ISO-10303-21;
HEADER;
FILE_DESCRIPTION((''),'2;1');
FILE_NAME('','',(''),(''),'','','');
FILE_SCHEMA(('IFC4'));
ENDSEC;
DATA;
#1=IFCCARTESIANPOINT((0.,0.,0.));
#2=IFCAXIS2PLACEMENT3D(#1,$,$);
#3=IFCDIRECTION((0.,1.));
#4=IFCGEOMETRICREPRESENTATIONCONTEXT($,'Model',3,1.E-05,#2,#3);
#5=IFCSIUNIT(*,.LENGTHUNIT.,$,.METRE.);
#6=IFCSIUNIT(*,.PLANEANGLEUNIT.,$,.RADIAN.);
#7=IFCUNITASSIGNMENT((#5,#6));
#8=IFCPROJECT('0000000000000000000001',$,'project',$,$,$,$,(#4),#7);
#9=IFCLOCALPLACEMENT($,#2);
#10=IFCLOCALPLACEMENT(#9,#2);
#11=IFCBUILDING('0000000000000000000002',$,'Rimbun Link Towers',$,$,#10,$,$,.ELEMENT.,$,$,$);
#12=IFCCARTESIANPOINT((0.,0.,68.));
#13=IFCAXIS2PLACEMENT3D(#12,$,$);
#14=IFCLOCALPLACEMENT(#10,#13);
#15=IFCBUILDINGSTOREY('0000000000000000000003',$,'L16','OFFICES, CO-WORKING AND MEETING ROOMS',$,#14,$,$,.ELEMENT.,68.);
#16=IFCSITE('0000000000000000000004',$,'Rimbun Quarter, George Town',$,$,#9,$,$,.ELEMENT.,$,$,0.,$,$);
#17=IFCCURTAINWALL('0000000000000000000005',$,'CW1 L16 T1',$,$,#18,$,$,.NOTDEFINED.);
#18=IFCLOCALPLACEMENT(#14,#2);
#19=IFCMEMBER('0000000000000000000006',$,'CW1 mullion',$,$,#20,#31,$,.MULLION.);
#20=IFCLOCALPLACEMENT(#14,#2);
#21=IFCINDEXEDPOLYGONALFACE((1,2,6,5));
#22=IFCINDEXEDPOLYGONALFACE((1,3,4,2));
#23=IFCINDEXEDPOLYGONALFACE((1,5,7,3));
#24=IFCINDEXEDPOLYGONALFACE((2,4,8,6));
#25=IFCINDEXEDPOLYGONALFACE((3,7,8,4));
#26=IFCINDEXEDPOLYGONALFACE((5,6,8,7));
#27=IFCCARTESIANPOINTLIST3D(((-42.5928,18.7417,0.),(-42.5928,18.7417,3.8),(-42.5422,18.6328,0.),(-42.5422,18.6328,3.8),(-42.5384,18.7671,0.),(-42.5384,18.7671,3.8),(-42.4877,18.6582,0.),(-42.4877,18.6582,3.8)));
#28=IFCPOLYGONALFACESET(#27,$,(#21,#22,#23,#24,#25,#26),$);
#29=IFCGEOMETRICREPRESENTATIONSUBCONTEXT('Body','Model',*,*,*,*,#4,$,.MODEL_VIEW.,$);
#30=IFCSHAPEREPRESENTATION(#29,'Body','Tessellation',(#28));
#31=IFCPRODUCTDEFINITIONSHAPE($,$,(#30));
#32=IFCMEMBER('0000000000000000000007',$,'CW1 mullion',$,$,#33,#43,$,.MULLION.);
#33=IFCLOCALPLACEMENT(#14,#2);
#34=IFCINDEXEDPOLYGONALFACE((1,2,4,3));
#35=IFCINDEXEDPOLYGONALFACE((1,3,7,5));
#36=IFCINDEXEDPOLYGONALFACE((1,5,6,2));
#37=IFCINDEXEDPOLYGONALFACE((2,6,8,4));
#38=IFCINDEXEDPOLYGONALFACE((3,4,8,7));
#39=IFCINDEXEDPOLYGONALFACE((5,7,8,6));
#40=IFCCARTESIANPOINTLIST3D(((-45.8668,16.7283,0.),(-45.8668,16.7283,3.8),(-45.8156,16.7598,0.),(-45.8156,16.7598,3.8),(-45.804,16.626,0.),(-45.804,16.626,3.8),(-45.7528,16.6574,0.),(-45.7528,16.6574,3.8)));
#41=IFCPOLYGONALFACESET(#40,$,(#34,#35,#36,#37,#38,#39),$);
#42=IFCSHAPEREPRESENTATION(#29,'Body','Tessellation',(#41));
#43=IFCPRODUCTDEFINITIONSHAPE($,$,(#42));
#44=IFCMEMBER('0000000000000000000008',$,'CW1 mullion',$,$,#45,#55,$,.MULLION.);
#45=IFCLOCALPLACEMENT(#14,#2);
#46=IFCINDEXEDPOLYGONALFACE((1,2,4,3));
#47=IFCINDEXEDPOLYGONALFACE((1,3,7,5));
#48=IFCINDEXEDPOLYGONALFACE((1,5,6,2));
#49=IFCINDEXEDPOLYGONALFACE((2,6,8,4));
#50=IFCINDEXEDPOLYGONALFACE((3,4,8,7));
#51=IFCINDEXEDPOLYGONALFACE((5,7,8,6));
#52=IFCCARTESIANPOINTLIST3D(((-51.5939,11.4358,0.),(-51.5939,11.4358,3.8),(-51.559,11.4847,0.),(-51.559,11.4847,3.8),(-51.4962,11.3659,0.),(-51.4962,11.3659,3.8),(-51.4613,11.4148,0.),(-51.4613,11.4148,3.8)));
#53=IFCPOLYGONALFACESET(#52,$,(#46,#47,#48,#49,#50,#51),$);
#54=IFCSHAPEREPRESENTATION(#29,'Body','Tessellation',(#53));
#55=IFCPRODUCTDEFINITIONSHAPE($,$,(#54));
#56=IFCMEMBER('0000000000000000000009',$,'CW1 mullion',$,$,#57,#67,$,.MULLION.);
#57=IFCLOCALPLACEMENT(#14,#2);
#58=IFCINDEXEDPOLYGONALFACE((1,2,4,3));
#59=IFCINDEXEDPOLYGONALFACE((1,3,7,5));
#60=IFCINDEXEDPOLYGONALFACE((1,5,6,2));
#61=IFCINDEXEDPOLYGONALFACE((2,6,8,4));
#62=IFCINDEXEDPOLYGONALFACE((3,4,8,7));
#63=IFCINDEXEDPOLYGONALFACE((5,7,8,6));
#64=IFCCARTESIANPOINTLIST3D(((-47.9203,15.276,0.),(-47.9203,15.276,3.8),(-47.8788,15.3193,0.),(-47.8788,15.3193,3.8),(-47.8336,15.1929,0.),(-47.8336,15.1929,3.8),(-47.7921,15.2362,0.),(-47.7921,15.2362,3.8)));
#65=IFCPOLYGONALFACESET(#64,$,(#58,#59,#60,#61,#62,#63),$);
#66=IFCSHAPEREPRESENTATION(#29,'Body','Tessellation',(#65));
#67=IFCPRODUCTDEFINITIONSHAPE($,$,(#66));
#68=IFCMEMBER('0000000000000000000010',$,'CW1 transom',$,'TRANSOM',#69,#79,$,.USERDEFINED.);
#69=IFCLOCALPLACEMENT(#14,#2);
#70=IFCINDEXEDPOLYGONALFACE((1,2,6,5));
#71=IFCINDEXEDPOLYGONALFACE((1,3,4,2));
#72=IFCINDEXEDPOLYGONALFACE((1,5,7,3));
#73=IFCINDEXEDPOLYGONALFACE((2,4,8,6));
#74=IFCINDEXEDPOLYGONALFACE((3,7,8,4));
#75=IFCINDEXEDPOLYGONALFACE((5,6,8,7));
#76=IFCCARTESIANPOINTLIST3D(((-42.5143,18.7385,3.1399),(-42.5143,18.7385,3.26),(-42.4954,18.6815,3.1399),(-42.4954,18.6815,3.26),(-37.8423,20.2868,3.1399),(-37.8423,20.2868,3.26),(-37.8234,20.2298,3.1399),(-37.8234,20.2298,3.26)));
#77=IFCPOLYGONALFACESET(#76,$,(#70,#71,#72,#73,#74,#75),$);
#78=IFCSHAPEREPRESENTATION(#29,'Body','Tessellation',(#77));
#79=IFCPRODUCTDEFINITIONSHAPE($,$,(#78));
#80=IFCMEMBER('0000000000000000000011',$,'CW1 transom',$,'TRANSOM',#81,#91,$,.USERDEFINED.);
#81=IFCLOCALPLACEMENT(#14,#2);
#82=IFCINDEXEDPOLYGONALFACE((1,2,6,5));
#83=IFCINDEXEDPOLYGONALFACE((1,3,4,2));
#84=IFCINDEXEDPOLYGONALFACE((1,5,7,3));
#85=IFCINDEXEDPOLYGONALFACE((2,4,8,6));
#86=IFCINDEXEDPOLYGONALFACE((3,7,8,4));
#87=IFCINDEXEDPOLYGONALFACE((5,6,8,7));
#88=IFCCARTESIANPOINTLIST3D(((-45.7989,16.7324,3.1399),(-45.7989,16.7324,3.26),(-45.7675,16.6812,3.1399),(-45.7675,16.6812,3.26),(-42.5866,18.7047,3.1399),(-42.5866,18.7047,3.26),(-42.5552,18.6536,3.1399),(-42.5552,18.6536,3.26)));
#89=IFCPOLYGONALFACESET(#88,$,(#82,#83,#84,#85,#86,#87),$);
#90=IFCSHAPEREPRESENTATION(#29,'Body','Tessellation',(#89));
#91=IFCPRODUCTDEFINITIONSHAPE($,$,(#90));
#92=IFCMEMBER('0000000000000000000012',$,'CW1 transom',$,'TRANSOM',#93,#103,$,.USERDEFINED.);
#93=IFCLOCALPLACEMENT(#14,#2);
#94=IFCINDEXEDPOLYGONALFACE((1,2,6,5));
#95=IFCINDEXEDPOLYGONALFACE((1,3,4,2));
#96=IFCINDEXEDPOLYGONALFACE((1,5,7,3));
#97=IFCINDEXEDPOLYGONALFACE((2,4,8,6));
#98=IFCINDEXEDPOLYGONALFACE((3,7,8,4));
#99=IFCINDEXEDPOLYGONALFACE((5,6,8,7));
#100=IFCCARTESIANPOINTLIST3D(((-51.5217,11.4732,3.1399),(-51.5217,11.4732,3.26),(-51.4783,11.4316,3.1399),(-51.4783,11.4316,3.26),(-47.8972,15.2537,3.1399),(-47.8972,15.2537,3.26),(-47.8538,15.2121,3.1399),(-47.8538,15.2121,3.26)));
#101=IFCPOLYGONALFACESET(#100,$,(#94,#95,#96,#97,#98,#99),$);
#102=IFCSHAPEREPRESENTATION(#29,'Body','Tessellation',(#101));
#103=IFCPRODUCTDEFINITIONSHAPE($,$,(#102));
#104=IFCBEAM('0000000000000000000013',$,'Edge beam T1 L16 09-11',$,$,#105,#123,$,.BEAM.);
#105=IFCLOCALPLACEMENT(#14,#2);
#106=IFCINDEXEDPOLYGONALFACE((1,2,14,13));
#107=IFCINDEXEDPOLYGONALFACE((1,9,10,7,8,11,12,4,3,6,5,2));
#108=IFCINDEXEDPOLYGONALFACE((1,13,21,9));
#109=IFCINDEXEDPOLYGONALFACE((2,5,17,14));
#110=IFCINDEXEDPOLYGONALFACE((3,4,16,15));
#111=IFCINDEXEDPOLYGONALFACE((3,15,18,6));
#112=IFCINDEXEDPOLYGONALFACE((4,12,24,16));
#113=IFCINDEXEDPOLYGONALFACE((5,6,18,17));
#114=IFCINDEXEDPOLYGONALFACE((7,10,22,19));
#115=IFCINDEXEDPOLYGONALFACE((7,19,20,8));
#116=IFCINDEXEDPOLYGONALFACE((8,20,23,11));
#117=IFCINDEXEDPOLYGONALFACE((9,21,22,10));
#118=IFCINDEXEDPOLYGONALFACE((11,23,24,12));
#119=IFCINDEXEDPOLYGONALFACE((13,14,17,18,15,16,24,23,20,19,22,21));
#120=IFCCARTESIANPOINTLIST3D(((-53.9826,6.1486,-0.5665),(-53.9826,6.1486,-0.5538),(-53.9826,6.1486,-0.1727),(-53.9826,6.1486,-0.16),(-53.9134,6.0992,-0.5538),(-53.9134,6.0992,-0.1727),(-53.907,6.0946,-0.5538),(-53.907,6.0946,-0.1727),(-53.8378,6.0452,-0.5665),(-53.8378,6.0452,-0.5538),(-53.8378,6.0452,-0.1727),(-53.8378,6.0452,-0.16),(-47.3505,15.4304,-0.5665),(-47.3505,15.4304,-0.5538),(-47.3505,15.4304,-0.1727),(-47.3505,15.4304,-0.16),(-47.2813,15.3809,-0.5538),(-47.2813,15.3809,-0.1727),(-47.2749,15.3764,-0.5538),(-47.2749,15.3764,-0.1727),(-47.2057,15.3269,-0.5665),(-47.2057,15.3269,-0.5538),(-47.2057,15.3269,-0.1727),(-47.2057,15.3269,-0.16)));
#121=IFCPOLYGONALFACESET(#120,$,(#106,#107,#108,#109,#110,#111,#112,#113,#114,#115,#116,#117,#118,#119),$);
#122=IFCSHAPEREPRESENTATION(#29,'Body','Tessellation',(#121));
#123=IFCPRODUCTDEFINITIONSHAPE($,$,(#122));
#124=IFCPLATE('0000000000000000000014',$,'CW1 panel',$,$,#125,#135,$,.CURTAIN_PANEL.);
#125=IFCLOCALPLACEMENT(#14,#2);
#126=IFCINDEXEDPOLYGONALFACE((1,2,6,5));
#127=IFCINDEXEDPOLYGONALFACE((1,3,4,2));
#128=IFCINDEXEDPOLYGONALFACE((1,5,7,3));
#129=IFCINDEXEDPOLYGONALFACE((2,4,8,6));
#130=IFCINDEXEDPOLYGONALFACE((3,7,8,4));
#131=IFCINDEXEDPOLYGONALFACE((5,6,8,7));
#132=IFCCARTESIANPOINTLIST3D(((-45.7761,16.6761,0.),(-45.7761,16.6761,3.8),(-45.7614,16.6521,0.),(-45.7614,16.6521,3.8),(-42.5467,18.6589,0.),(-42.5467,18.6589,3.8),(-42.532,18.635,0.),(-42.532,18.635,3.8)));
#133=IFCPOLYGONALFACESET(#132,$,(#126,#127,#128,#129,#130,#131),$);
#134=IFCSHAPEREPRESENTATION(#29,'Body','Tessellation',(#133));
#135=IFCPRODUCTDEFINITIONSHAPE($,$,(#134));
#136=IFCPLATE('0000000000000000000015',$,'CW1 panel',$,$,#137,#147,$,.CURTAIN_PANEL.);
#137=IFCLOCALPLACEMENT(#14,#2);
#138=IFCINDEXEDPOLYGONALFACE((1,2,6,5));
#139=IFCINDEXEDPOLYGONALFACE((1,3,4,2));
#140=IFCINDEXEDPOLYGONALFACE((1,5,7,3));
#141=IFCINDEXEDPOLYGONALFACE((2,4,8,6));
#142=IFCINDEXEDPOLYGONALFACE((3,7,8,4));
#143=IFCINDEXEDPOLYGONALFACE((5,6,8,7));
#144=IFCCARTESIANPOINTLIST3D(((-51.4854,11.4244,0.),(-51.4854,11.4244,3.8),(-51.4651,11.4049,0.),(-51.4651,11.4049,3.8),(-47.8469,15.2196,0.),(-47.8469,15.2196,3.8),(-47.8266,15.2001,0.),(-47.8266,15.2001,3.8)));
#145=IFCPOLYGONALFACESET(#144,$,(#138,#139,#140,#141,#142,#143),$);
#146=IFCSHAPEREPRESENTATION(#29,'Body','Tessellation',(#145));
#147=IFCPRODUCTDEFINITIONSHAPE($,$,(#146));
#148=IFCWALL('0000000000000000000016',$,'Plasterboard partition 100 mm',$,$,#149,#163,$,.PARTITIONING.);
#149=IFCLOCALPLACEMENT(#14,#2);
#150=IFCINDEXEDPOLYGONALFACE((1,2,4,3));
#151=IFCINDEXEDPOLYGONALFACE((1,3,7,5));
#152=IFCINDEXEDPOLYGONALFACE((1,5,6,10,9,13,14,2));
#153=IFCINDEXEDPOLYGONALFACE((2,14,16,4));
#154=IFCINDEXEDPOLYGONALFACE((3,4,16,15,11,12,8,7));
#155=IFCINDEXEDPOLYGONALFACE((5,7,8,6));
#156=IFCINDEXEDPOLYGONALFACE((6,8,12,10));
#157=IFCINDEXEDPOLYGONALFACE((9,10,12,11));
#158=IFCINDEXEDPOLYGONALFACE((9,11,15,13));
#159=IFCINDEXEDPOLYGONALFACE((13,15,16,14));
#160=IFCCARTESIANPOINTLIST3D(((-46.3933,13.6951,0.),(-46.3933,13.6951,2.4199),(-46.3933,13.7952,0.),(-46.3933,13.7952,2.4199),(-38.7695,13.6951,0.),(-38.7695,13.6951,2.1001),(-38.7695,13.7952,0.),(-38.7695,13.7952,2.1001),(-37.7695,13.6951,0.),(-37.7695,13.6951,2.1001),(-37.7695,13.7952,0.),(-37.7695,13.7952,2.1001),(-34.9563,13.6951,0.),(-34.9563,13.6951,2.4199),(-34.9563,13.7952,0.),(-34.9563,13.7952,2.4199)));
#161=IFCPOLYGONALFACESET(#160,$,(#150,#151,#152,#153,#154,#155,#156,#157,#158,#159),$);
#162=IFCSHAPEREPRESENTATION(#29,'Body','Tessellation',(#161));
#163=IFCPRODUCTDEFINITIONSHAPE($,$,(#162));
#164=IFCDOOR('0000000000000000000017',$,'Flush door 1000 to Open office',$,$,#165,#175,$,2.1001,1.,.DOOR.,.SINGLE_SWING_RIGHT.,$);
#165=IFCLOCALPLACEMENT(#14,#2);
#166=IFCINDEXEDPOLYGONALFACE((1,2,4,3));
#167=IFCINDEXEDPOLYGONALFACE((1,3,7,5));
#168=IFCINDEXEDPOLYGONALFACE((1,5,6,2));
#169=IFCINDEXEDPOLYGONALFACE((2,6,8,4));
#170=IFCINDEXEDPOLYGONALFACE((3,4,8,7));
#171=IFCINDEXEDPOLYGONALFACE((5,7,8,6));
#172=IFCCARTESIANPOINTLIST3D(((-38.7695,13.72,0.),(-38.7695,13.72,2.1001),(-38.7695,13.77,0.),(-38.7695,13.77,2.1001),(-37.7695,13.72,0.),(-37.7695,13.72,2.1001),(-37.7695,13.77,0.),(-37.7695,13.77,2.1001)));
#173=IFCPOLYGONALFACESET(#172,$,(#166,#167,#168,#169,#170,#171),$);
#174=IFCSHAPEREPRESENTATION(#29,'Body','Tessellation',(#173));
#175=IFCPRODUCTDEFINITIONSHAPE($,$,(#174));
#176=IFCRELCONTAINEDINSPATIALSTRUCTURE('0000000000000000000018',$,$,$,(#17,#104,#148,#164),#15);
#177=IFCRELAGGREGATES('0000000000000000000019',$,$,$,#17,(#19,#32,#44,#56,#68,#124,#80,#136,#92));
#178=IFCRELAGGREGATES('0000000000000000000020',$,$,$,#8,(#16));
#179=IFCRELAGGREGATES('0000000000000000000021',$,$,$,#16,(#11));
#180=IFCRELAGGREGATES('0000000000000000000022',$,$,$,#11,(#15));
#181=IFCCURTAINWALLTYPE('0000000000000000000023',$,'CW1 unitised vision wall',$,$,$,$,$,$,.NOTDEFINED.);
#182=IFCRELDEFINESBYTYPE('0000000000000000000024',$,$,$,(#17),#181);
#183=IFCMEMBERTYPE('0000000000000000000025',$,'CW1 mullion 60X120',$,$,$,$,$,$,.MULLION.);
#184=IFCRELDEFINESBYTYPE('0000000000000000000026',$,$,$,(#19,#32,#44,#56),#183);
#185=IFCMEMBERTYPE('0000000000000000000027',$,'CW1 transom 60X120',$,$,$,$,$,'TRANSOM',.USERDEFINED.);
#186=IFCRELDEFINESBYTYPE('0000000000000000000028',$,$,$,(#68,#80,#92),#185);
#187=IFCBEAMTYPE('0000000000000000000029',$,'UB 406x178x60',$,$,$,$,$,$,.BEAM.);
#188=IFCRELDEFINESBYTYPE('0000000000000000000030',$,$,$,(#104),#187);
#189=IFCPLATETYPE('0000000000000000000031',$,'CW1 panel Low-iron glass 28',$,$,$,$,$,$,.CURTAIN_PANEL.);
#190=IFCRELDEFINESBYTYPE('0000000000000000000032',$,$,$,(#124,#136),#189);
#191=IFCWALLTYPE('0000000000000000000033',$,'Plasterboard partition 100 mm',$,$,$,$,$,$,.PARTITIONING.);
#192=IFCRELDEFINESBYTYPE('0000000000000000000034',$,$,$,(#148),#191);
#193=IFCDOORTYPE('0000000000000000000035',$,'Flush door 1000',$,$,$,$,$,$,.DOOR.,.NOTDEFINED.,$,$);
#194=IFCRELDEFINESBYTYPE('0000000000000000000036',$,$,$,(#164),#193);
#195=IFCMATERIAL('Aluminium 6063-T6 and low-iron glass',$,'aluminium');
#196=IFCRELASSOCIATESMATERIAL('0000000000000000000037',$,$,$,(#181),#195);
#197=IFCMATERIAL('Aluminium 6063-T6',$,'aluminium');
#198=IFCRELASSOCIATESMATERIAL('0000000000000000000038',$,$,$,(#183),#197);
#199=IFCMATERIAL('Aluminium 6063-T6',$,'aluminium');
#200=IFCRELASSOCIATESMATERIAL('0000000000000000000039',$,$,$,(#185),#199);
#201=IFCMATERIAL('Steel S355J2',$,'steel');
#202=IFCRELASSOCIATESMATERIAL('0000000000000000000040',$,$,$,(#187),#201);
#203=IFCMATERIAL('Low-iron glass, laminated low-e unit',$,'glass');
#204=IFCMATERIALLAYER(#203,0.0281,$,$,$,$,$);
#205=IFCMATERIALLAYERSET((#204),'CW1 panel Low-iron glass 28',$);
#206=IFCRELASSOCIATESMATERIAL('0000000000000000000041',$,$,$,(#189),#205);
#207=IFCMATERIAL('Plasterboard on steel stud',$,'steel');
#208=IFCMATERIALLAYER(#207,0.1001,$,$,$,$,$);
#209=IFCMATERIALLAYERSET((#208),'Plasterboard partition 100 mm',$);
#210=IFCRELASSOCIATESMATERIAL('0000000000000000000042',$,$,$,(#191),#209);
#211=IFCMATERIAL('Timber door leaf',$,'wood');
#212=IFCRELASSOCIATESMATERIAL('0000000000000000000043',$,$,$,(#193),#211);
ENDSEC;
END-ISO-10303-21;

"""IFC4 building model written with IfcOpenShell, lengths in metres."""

from ifc_helpers import new_model, si_unit, direction, frame, frame_2d, origin, origin_2d, place, context, subcontext, project, spatial, rectangle, i_section, extrude, material, layer, layer_set, material_profile, profile_set, type_object, element, fill, aggregate, save


model = new_model("IFC4")

# Units and contexts
model_context = context("Model", 3, precision=1e-05, world=origin(), true_north=direction((0.0, 1.0)))
body_context = subcontext(model_context, "Body", "Model", "MODEL_VIEW")
ifc_project = project(units=[si_unit("LENGTHUNIT", "METRE"), si_unit("PLANEANGLEUNIT", "RADIAN")], contexts=[model_context])

# Site, building, storey
site_placement = place(None, origin())
site = spatial("IfcSite", under=ifc_project, at=site_placement, Name="Rimbun Quarter, George Town", CompositionType="ELEMENT", RefElevation=0.0)
building_placement = place(site_placement, origin())
building = spatial("IfcBuilding", under=site, at=building_placement, Name="Rimbun Link Towers", CompositionType="ELEMENT")
storey_placement = place(building_placement, frame((0.0, 0.0, 68.0)))
storey = spatial("IfcBuildingStorey", under=building, at=storey_placement, Name="L16", Description="OFFICES, CO-WORKING AND MEETING ROOMS", CompositionType="ELEMENT", Elevation=68.0)

# Curtain wall, members
ifc_material_1 = material(Name="Aluminium 6063-T6 and low-iron glass", Category="aluminium")
curtain_wall_type = type_object("IfcCurtainWallType", Name="CW1 unitised vision wall", PredefinedType="NOTDEFINED", material=ifc_material_1)
curtain_wall_placement = place(storey_placement, origin())
curtain_wall = element("IfcCurtainWall", 1, at=curtain_wall_placement, inside=storey, type_object=curtain_wall_type, Name="CW1 L16 T1", PredefinedType="NOTDEFINED")
ifc_material_2 = material(Name="Aluminium 6063-T6", Category="aluminium")
ifc_material_profile_1 = material_profile(ifc_material_2, rectangle(XDim=0.1201, YDim=0.0601, at=origin_2d()), Name="MULLION 60X120")
ifc_profile_set_1 = profile_set([ifc_material_profile_1], Name="Aluminium 6063-T6")
member_type_1 = type_object("IfcMemberType", Name="CW1 mullion 60X120", PredefinedType="MULLION", material=ifc_profile_set_1)
member_1_placement = place(storey_placement, frame((-42.5403, 18.7, 0.0), z_axis=(0.0, 0.0, 1.0), x_axis=(-0.421699, 0.906736, 0.0)))
member_1 = element("IfcMember", 2, at=member_1_placement, type_object=member_type_1, Name="CW1 mullion", PredefinedType="MULLION", context=body_context, shape_type="SweptSolid", body=[
    extrude(rectangle(XDim=0.1201, YDim=0.0601, at=origin_2d()), origin(), (0.0, 0.0, 1.0), 3.8),
])
member_2_placement = place(storey_placement, frame((-45.8098, 16.6929, 0.0), z_axis=(0.0, 0.0, 1.0), x_axis=(-0.523239, 0.852186, 0.0)))
member_2 = element("IfcMember", 3, at=member_2_placement, type_object=member_type_1, Name="CW1 mullion", PredefinedType="MULLION", context=body_context, shape_type="SweptSolid", body=[
    extrude(rectangle(XDim=0.1201, YDim=0.0601, at=origin_2d()), origin(), (0.0, 0.0, 1.0), 3.8),
])
member_3_placement = place(storey_placement, frame((-51.5276, 11.4253, 0.0), z_axis=(0.0, 0.0, 1.0), x_axis=(-0.813351, 0.581773, 0.0)))
member_3 = element("IfcMember", 4, at=member_3_placement, type_object=member_type_1, Name="CW1 mullion", PredefinedType="MULLION", context=body_context, shape_type="SweptSolid", body=[
    extrude(rectangle(XDim=0.1201, YDim=0.0601, at=origin_2d()), origin(), (0.0, 0.0, 1.0), 3.8),
])
member_4_placement = place(storey_placement, frame((-47.8562, 15.2561, 0.0), z_axis=(0.0, 0.0, 1.0), x_axis=(-0.721854, 0.692045, 0.0)))
member_4 = element("IfcMember", 5, at=member_4_placement, type_object=member_type_1, Name="CW1 mullion", PredefinedType="MULLION", context=body_context, shape_type="SweptSolid", body=[
    extrude(rectangle(XDim=0.1201, YDim=0.0601, at=origin_2d()), origin(), (0.0, 0.0, 1.0), 3.8),
])
ifc_material_3 = material(Name="Aluminium 6063-T6", Category="aluminium")
ifc_material_profile_2 = material_profile(ifc_material_3, rectangle(XDim=0.0601, YDim=0.1201, at=origin_2d()), Name="TRANSOM 60X120")
ifc_profile_set_2 = profile_set([ifc_material_profile_2], Name="Aluminium 6063-T6")
member_type_2 = type_object("IfcMemberType", Name="CW1 transom 60X120", ElementType="TRANSOM", PredefinedType="USERDEFINED", material=ifc_profile_set_2)
member_5_placement = place(storey_placement, frame((-42.5049, 18.71, 3.2), z_axis=(0.949232, 0.314576, 0.0), x_axis=(-0.314576, 0.949232, 0.0)))
member_5 = element("IfcMember", 6, at=member_5_placement, type_object=member_type_2, Name="CW1 transom", ObjectType="TRANSOM", PredefinedType="USERDEFINED", context=body_context, shape_type="SweptSolid", body=[
    extrude(rectangle(XDim=0.0601, YDim=0.1201, at=origin_2d()), origin(), (0.0, 0.0, 1.0), 4.9219),
])
member_6_placement = place(storey_placement, frame((-45.7832, 16.7068, 3.2), z_axis=(0.852185, 0.523241, 0.0), x_axis=(-0.523241, 0.852185, 0.0)))
member_6 = element("IfcMember", 7, at=member_6_placement, type_object=member_type_2, Name="CW1 transom", ObjectType="TRANSOM", PredefinedType="USERDEFINED", context=body_context, shape_type="SweptSolid", body=[
    extrude(rectangle(XDim=0.0601, YDim=0.1201, at=origin_2d()), origin(), (0.0, 0.0, 1.0), 3.7695),
])
member_7_placement = place(storey_placement, frame((-51.5, 11.4524, 3.2), z_axis=(0.692056, 0.721844, 0.0), x_axis=(-0.721844, 0.692056, 0.0)))
member_7 = element("IfcMember", 8, at=member_7_placement, type_object=member_type_2, Name="CW1 transom", ObjectType="TRANSOM", PredefinedType="USERDEFINED", context=body_context, shape_type="SweptSolid", body=[
    extrude(rectangle(XDim=0.0601, YDim=0.1201, at=origin_2d()), origin(), (0.0, 0.0, 1.0), 5.2373),
])

# Beam
ifc_material_4 = material(Name="Steel S355J2", Category="steel")
ifc_material_profile_3 = material_profile(ifc_material_4, i_section(OverallWidth=0.178, OverallDepth=0.4065, WebThickness=0.0078, FlangeThickness=0.0127, at=origin_2d()), Name="UB 406x178x60")
ifc_profile_set_3 = profile_set([ifc_material_profile_3], Name="Steel S355J2")
beam_type = type_object("IfcBeamType", Name="UB 406x178x60", PredefinedType="BEAM", material=ifc_profile_set_3)
beam_placement = place(storey_placement, frame((-47.2781, 15.3787, -0.3633), z_axis=(-0.58137, -0.813639, 0.0), x_axis=(0.813639, -0.58137, 0.0)))
element("IfcBeam", 9, at=beam_placement, inside=storey, type_object=beam_type, Name="Edge beam T1 L16 09-11", PredefinedType="BEAM", context=body_context, shape_type="SweptSolid", body=[
    extrude(i_section(OverallWidth=0.178, OverallDepth=0.4065, WebThickness=0.0078, FlangeThickness=0.0127, at=origin_2d()), origin(), (0.0, 0.0, 1.0), 11.4077),
])

# Plates
ifc_material_5 = material(Name="Low-iron glass, laminated low-e unit", Category="glass")
ifc_layer_1 = layer(ifc_material_5, 0.0281)
ifc_layer_set_1 = layer_set([ifc_layer_1], Name="CW1 panel Low-iron glass 28")
plate_type = type_object("IfcPlateType", Name="CW1 panel Low-iron glass 28", PredefinedType="CURTAIN_PANEL", material=ifc_layer_set_1)
plate_1_placement = place(storey_placement, frame((-44.1541, 17.6555, 0.0), z_axis=(0.0, 0.0, 1.0), x_axis=(0.852186, 0.523239, 0.0)))
plate_1 = element("IfcPlate", 10, at=plate_1_placement, type_object=plate_type, Name="CW1 panel", PredefinedType="CURTAIN_PANEL", context=body_context, shape_type="SweptSolid", body=[
    extrude(rectangle(XDim=3.7896, YDim=0.0281, at=origin_2d()), origin(), (0.0, 0.0, 1.0), 3.8),
])
plate_2_placement = place(storey_placement, frame((-49.656, 13.3123, 0.0), z_axis=(0.0, 0.0, 1.0), x_axis=(0.692045, 0.721854, 0.0)))
plate_2 = element("IfcPlate", 11, at=plate_2_placement, type_object=plate_type, Name="CW1 panel", PredefinedType="CURTAIN_PANEL", context=body_context, shape_type="SweptSolid", body=[
    extrude(rectangle(XDim=5.2576, YDim=0.0281, at=origin_2d()), origin(), (0.0, 0.0, 1.0), 3.8),
])
aggregate(curtain_wall, [member_1, member_2, member_3, member_4, member_5, plate_1, member_6, plate_2, member_7])

# Wall, opening, door
ifc_material_6 = material(Name="Plasterboard on steel stud", Category="steel")
ifc_layer_2 = layer(ifc_material_6, 0.1001)
ifc_layer_set_2 = layer_set([ifc_layer_2], Name="Plasterboard partition 100 mm")
wall_type = type_object("IfcWallType", Name="Plasterboard partition 100 mm", PredefinedType="PARTITIONING", material=ifc_layer_set_2)
wall_1_placement = place(storey_placement, frame((-46.3933, 13.7451, 0.0), z_axis=(0.0, 0.0, 1.0), x_axis=(1.0, 0.0, 0.0)))
wall_1 = element("IfcWall", 12, at=wall_1_placement, inside=storey, type_object=wall_type, Name="Plasterboard partition 100 mm", PredefinedType="PARTITIONING", context=body_context, shape_type="SweptSolid", body=[
    extrude(rectangle(XDim=11.437, YDim=0.1001, at=frame_2d((5.7185, 0.0))), origin(), (0.0, 0.0, 1.0), 2.4199),
])
opening_placement = place(wall_1_placement, frame((7.6238, 0.0, 0.0)))
opening = element("IfcOpeningElement", 13, at=opening_placement, cuts=wall_1, PredefinedType="OPENING", context=body_context, shape_type="SweptSolid", body=[
    extrude(rectangle(XDim=1.0, YDim=2.1001, at=frame_2d((0.5, 1.05))), frame((0.0, 0.0601, 0.0), z_axis=(0.0, -1.0, 0.0), x_axis=(1.0, 0.0, 0.0)), (0.0, 0.0, 1.0), 0.1201),
])
ifc_material_7 = material(Name="Timber door leaf", Category="wood")
door_type = type_object("IfcDoorType", Name="Flush door 1000", OperationType="NOTDEFINED", PredefinedType="DOOR", material=ifc_material_7)
door_placement = place(opening_placement, origin())
door = element("IfcDoor", 14, at=door_placement, inside=storey, type_object=door_type, Name="Flush door 1000 to Open office", OperationType="SINGLE_SWING_RIGHT", OverallHeight=2.1001, OverallWidth=1.0, PredefinedType="DOOR", context=body_context, shape_type="SweptSolid", body=[
    extrude(rectangle(XDim=1.0, YDim=2.1001, at=frame_2d((0.5, 1.05))), frame((0.0, 0.0249, 0.0), z_axis=(0.0, -1.0, 0.0), x_axis=(1.0, 0.0, 0.0)), (0.0, 0.0, 1.0), 0.05),
])
fill(opening, door)

save(model, "model.ifc")
